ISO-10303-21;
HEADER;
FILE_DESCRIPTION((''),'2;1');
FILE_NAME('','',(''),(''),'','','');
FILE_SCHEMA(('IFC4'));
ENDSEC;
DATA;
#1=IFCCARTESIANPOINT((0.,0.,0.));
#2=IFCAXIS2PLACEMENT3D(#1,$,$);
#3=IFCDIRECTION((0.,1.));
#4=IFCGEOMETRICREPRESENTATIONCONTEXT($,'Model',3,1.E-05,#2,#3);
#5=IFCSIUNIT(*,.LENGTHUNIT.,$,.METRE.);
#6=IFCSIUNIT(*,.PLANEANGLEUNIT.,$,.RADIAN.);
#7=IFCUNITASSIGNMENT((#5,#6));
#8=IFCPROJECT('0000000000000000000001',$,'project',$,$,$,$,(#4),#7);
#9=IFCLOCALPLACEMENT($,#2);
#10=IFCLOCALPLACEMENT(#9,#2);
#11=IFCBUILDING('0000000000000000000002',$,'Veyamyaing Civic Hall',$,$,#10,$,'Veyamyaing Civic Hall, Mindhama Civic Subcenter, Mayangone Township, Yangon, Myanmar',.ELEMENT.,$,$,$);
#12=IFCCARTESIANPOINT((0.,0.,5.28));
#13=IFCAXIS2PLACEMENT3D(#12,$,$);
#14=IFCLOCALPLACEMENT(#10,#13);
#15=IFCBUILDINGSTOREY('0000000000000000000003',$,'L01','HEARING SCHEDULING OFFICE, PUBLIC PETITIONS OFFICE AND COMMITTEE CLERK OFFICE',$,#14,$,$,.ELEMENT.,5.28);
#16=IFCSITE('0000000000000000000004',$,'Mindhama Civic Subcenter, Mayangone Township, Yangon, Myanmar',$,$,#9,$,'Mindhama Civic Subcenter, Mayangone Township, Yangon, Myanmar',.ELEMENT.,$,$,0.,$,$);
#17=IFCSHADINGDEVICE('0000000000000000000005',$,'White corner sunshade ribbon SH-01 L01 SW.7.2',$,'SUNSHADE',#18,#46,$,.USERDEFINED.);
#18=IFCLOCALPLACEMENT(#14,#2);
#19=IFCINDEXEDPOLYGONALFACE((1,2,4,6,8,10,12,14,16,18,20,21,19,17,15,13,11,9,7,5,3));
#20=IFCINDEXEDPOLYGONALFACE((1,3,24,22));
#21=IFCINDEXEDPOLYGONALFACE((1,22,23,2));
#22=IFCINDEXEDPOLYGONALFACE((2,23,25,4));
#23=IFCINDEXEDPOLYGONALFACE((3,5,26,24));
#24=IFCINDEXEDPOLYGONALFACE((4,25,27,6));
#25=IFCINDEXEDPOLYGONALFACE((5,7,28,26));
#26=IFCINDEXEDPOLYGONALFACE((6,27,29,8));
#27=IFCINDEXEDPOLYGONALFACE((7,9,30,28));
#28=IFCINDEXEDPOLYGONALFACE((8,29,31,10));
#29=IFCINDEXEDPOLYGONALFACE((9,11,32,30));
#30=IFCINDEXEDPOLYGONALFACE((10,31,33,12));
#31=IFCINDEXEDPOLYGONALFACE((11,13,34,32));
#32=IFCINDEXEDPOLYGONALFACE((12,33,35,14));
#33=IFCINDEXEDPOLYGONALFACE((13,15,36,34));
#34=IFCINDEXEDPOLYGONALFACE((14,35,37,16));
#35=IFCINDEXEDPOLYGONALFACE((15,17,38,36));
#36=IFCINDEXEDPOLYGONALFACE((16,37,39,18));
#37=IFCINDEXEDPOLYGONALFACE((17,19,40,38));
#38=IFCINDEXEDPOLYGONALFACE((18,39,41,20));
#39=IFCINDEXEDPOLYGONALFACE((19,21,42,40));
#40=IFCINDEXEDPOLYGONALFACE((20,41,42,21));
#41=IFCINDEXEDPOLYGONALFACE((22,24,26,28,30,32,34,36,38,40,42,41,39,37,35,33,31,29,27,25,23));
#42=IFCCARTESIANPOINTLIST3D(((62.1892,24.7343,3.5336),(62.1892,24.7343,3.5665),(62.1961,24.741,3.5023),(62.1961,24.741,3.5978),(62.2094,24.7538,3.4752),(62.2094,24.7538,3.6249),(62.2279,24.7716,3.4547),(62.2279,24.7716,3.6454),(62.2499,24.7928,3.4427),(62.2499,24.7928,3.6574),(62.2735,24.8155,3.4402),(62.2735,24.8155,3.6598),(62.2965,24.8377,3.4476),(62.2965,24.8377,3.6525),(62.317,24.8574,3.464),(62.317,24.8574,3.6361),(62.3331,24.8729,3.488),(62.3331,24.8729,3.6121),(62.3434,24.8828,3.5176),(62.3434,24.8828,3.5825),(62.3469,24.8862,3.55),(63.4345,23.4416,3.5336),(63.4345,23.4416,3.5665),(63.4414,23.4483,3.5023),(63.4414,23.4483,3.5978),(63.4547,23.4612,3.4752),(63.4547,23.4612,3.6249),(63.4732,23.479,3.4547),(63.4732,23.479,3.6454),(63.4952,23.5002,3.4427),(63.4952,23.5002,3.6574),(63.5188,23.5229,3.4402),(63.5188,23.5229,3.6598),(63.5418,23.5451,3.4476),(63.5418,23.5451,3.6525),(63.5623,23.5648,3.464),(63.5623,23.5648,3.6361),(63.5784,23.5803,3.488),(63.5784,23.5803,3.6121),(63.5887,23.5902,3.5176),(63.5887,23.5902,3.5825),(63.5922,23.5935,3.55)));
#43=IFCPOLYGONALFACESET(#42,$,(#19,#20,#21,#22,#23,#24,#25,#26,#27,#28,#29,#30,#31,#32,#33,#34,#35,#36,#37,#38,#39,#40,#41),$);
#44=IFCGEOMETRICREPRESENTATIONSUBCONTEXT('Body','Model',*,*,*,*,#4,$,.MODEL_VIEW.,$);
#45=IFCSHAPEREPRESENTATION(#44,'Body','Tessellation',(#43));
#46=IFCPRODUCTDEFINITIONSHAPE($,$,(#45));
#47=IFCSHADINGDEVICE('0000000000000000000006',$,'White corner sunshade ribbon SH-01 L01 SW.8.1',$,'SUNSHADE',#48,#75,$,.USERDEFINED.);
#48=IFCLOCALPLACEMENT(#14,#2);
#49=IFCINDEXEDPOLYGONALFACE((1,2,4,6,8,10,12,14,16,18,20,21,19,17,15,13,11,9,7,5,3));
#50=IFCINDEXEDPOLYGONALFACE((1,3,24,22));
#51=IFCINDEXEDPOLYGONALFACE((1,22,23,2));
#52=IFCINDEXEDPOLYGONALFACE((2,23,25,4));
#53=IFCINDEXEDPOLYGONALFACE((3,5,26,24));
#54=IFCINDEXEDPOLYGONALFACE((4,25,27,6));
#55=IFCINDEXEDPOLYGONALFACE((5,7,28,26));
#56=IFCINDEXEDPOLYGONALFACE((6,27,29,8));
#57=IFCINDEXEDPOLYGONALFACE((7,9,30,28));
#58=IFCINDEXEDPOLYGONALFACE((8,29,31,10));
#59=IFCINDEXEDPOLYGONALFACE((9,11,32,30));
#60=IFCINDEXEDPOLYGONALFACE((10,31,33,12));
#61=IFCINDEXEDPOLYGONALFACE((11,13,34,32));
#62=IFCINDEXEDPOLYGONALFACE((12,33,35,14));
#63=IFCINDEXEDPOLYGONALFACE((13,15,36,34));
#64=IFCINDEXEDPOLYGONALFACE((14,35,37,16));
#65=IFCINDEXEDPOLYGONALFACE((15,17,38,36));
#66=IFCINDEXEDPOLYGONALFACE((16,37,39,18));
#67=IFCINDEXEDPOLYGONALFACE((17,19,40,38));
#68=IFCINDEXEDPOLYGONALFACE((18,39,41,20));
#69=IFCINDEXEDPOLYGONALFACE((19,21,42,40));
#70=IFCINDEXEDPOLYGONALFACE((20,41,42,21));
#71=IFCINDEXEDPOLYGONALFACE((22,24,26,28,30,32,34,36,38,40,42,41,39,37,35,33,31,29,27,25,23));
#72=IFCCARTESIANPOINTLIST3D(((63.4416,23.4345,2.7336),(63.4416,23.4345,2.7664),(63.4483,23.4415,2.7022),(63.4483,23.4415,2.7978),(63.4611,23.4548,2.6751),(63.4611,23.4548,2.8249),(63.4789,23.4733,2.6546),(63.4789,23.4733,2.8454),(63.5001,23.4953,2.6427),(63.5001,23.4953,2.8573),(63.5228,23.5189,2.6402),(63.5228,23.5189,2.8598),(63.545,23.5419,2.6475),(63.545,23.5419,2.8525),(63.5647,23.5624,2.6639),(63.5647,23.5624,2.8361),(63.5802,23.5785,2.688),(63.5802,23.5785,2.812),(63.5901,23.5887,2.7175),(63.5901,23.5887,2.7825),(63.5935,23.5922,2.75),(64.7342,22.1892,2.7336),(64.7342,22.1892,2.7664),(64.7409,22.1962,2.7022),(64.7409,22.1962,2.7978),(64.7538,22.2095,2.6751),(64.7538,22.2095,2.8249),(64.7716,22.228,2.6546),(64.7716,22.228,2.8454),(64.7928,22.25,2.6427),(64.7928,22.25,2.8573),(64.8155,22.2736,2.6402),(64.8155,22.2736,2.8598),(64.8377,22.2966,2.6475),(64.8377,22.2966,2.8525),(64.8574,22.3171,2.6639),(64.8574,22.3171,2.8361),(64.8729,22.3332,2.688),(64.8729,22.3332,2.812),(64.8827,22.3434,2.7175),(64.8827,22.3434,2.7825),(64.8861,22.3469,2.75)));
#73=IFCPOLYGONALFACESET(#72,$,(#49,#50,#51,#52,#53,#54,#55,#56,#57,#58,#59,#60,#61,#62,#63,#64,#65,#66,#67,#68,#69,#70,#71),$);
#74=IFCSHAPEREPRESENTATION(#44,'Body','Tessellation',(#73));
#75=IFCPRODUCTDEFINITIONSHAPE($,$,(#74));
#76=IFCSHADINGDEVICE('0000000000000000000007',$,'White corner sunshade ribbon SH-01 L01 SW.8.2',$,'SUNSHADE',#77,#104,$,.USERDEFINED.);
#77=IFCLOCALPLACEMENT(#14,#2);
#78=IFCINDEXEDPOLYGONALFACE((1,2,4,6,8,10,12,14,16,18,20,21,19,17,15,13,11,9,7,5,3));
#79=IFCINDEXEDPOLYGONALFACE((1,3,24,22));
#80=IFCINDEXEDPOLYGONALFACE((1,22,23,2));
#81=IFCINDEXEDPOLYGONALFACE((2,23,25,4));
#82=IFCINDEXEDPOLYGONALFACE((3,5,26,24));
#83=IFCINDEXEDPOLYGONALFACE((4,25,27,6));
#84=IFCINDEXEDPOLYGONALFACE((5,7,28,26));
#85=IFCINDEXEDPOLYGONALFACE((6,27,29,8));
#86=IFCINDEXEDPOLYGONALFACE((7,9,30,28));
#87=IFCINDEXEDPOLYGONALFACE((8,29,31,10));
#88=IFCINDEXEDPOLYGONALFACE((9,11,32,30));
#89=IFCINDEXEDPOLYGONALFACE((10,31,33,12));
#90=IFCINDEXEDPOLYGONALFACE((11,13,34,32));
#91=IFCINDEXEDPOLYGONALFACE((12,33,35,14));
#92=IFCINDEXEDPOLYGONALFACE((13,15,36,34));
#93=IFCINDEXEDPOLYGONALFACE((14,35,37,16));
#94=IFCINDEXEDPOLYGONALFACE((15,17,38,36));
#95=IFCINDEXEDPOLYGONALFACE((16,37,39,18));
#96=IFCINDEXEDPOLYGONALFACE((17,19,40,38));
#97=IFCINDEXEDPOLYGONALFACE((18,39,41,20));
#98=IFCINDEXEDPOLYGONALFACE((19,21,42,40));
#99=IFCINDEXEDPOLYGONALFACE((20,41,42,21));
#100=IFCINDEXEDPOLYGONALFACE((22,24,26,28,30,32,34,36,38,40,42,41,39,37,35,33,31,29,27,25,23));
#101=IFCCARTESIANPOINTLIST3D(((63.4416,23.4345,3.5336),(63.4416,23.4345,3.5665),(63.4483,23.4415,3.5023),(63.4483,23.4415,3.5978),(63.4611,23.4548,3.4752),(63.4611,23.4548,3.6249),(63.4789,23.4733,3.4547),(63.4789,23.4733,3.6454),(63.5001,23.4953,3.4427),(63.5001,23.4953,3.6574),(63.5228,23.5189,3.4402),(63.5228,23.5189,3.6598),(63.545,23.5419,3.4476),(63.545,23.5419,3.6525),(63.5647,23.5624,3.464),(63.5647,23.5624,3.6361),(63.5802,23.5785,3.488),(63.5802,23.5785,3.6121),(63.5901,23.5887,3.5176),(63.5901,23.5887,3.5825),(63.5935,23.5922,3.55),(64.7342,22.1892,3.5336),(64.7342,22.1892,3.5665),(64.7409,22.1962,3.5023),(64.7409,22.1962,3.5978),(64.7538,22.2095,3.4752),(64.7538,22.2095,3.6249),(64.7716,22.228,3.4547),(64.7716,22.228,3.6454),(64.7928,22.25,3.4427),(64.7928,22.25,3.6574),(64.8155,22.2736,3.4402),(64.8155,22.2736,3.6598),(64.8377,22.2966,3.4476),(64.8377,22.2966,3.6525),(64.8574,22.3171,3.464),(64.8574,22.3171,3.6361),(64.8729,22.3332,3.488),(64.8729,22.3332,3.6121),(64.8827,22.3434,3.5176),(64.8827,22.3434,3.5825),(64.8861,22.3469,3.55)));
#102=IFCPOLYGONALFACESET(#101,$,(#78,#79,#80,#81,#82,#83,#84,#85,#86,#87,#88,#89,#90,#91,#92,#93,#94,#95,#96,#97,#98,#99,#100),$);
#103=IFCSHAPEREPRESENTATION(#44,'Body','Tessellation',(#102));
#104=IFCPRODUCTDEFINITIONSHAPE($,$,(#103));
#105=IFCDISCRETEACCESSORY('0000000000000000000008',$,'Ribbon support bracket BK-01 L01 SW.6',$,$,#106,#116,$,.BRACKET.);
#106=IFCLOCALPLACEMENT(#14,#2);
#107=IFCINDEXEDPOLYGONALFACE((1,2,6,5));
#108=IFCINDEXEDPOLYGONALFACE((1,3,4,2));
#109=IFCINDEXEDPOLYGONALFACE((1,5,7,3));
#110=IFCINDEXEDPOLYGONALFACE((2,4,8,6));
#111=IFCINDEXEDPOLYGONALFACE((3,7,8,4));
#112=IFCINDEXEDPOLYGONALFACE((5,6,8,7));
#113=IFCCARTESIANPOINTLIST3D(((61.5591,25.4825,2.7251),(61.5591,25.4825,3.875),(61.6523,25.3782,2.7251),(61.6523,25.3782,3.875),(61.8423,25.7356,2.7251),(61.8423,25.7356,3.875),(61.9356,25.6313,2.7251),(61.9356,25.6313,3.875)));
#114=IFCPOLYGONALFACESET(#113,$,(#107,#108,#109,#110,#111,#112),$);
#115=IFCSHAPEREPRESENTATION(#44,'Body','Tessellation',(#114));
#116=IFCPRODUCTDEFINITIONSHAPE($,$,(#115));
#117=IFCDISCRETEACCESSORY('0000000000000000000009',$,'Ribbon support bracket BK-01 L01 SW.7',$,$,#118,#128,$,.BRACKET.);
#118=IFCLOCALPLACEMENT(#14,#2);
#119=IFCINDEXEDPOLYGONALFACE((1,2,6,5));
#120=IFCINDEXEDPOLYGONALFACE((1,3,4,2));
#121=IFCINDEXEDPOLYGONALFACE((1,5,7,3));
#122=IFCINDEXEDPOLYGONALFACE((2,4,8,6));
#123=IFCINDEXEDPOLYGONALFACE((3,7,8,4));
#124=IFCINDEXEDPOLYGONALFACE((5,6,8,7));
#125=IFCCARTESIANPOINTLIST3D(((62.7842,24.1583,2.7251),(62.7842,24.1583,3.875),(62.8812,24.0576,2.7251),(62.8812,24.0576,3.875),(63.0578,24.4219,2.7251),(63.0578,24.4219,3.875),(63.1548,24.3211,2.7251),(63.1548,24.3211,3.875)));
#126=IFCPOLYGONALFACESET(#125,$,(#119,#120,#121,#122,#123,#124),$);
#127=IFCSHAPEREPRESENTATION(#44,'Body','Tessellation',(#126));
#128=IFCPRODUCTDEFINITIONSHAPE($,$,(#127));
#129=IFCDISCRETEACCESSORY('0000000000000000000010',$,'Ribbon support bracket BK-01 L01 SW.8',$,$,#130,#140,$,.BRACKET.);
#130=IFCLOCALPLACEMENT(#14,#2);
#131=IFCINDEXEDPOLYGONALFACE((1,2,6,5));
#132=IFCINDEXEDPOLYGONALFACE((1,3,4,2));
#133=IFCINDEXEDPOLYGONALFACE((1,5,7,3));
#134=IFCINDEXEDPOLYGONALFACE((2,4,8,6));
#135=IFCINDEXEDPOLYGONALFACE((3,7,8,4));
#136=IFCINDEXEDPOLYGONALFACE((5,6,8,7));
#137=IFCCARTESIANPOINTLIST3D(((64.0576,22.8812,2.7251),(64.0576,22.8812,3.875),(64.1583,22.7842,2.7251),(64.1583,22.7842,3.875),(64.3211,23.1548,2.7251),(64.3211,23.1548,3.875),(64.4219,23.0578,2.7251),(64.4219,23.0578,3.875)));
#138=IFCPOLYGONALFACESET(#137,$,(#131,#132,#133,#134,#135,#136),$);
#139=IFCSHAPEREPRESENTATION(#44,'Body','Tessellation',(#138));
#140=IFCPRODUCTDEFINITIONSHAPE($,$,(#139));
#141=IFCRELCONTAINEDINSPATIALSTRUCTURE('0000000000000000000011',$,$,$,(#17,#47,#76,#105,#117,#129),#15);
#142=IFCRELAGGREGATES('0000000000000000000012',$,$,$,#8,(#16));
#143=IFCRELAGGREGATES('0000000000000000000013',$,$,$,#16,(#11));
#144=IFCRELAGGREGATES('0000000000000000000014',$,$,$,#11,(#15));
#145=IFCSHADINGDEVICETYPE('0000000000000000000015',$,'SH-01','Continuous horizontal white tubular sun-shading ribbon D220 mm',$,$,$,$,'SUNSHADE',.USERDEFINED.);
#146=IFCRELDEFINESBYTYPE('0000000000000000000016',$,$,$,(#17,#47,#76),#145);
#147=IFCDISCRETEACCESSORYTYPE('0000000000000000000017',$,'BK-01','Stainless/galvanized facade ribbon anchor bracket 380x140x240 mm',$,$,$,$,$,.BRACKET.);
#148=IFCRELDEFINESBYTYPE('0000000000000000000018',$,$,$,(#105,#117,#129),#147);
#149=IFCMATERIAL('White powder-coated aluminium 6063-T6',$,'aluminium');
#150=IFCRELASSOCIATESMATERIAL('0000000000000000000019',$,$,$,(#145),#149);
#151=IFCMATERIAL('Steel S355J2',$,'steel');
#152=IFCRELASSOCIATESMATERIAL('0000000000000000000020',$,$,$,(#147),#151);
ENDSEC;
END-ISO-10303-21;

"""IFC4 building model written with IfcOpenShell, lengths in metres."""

from ifc_helpers import new_model, si_unit, direction, frame, origin, origin_2d, place, context, subcontext, project, spatial, rectangle, circle, extrude, material, material_profile, profile_set, type_object, element, save


model = new_model("IFC4")

# Units and contexts
model_context = context("Model", 3, precision=1e-05, world=origin(), true_north=direction((0.0, 1.0)))
body_context = subcontext(model_context, "Body", "Model", "MODEL_VIEW")
ifc_project = project(units=[si_unit("LENGTHUNIT", "METRE"), si_unit("PLANEANGLEUNIT", "RADIAN")], contexts=[model_context])

# Site, building, storey
site_placement = place(None, origin())
site = spatial("IfcSite", under=ifc_project, at=site_placement, Name="Mindhama Civic Subcenter, Mayangone Township, Yangon, Myanmar", LongName="Mindhama Civic Subcenter, Mayangone Township, Yangon, Myanmar", CompositionType="ELEMENT", RefElevation=0.0)
building_placement = place(site_placement, origin())
building = spatial("IfcBuilding", under=site, at=building_placement, Name="Veyamyaing Civic Hall", LongName="Veyamyaing Civic Hall, Mindhama Civic Subcenter, Mayangone Township, Yangon, Myanmar", CompositionType="ELEMENT")
storey_placement = place(building_placement, frame((0.0, 0.0, 5.28)))
storey = spatial("IfcBuildingStorey", under=building, at=storey_placement, Name="L01", Description="HEARING SCHEDULING OFFICE, PUBLIC PETITIONS OFFICE AND COMMITTEE CLERK OFFICE", CompositionType="ELEMENT", Elevation=5.28)

# Shared definitions
ifc_material_1 = material(Name="White powder-coated aluminium 6063-T6", Category="aluminium")

# Shading devices
ifc_material_profile_1 = material_profile(ifc_material_1, circle(Radius=0.1101, at=origin_2d()), Name="SHADE-TUBE-220")
ifc_profile_set_1 = profile_set([ifc_material_profile_1], Name="White powder-coated aluminium 6063-T6")
shading_device_type = type_object("IfcShadingDeviceType", Name="SH-01", Description="Continuous horizontal white tubular sun-shading ribbon D220 mm", ElementType="SUNSHADE", PredefinedType="USERDEFINED", material=ifc_profile_set_1)
for number, where, z_axis, x_axis, name in (
    (1, (62.2676, 24.8098, 3.55), (0.693791, -0.720177, 0.0), (0.720177, 0.693791, 0.0), "White corner sunshade ribbon SH-01 L01 SW.7.2"),
    (2, (63.5171, 23.5129, 2.75), (0.720177, -0.693791, 0.0), (0.693791, 0.720177, 0.0), "White corner sunshade ribbon SH-01 L01 SW.8.1"),
    (3, (63.5171, 23.5129, 3.55), (0.720177, -0.693791, 0.0), (0.693791, 0.720177, 0.0), "White corner sunshade ribbon SH-01 L01 SW.8.2"),
):
    element("IfcShadingDevice", number, at=place(storey_placement, frame(where, z_axis=z_axis, x_axis=x_axis)), inside=storey, type_object=shading_device_type, Name=name, ObjectType="SUNSHADE", PredefinedType="USERDEFINED", context=body_context, shape_type="SweptSolid", body=[
        extrude(circle(Radius=0.1101, at=origin_2d()), origin(), (0.0, 0.0, 1.0), 1.7949),
    ])

# Discrete accessories
ifc_material_2 = material(Name="Steel S355J2", Category="steel")
discrete_accessory_type = type_object("IfcDiscreteAccessoryType", Name="BK-01", Description="Stainless/galvanized facade ribbon anchor bracket 380x140x240 mm", PredefinedType="BRACKET", material=ifc_material_2)
for number, where, z_axis, x_axis, name in (
    (4, (61.7473, 25.5569, 2.7251), (0.0, 0.0, 1.0), (-0.745642, -0.666347, 0.0), "Ribbon support bracket BK-01 L01 SW.6"),
    (5, (62.9695, 24.2397, 2.7251), (0.0, 0.0, 1.0), (-0.720205, -0.693761, 0.0), "Ribbon support bracket BK-01 L01 SW.7"),
    (6, (64.2397, 22.9695, 2.7251), (0.0, 0.0, 1.0), (-0.693761, -0.720205, 0.0), "Ribbon support bracket BK-01 L01 SW.8"),
):
    element("IfcDiscreteAccessory", number, at=place(storey_placement, frame(where, z_axis=z_axis, x_axis=x_axis)), inside=storey, type_object=discrete_accessory_type, Name=name, PredefinedType="BRACKET", context=body_context, shape_type="SweptSolid", body=[
        extrude(rectangle(XDim=0.3799, YDim=0.1399, at=origin_2d()), origin(), (0.0, 0.0, 1.0), 1.1499),
    ])

save(model, "model.ifc")
